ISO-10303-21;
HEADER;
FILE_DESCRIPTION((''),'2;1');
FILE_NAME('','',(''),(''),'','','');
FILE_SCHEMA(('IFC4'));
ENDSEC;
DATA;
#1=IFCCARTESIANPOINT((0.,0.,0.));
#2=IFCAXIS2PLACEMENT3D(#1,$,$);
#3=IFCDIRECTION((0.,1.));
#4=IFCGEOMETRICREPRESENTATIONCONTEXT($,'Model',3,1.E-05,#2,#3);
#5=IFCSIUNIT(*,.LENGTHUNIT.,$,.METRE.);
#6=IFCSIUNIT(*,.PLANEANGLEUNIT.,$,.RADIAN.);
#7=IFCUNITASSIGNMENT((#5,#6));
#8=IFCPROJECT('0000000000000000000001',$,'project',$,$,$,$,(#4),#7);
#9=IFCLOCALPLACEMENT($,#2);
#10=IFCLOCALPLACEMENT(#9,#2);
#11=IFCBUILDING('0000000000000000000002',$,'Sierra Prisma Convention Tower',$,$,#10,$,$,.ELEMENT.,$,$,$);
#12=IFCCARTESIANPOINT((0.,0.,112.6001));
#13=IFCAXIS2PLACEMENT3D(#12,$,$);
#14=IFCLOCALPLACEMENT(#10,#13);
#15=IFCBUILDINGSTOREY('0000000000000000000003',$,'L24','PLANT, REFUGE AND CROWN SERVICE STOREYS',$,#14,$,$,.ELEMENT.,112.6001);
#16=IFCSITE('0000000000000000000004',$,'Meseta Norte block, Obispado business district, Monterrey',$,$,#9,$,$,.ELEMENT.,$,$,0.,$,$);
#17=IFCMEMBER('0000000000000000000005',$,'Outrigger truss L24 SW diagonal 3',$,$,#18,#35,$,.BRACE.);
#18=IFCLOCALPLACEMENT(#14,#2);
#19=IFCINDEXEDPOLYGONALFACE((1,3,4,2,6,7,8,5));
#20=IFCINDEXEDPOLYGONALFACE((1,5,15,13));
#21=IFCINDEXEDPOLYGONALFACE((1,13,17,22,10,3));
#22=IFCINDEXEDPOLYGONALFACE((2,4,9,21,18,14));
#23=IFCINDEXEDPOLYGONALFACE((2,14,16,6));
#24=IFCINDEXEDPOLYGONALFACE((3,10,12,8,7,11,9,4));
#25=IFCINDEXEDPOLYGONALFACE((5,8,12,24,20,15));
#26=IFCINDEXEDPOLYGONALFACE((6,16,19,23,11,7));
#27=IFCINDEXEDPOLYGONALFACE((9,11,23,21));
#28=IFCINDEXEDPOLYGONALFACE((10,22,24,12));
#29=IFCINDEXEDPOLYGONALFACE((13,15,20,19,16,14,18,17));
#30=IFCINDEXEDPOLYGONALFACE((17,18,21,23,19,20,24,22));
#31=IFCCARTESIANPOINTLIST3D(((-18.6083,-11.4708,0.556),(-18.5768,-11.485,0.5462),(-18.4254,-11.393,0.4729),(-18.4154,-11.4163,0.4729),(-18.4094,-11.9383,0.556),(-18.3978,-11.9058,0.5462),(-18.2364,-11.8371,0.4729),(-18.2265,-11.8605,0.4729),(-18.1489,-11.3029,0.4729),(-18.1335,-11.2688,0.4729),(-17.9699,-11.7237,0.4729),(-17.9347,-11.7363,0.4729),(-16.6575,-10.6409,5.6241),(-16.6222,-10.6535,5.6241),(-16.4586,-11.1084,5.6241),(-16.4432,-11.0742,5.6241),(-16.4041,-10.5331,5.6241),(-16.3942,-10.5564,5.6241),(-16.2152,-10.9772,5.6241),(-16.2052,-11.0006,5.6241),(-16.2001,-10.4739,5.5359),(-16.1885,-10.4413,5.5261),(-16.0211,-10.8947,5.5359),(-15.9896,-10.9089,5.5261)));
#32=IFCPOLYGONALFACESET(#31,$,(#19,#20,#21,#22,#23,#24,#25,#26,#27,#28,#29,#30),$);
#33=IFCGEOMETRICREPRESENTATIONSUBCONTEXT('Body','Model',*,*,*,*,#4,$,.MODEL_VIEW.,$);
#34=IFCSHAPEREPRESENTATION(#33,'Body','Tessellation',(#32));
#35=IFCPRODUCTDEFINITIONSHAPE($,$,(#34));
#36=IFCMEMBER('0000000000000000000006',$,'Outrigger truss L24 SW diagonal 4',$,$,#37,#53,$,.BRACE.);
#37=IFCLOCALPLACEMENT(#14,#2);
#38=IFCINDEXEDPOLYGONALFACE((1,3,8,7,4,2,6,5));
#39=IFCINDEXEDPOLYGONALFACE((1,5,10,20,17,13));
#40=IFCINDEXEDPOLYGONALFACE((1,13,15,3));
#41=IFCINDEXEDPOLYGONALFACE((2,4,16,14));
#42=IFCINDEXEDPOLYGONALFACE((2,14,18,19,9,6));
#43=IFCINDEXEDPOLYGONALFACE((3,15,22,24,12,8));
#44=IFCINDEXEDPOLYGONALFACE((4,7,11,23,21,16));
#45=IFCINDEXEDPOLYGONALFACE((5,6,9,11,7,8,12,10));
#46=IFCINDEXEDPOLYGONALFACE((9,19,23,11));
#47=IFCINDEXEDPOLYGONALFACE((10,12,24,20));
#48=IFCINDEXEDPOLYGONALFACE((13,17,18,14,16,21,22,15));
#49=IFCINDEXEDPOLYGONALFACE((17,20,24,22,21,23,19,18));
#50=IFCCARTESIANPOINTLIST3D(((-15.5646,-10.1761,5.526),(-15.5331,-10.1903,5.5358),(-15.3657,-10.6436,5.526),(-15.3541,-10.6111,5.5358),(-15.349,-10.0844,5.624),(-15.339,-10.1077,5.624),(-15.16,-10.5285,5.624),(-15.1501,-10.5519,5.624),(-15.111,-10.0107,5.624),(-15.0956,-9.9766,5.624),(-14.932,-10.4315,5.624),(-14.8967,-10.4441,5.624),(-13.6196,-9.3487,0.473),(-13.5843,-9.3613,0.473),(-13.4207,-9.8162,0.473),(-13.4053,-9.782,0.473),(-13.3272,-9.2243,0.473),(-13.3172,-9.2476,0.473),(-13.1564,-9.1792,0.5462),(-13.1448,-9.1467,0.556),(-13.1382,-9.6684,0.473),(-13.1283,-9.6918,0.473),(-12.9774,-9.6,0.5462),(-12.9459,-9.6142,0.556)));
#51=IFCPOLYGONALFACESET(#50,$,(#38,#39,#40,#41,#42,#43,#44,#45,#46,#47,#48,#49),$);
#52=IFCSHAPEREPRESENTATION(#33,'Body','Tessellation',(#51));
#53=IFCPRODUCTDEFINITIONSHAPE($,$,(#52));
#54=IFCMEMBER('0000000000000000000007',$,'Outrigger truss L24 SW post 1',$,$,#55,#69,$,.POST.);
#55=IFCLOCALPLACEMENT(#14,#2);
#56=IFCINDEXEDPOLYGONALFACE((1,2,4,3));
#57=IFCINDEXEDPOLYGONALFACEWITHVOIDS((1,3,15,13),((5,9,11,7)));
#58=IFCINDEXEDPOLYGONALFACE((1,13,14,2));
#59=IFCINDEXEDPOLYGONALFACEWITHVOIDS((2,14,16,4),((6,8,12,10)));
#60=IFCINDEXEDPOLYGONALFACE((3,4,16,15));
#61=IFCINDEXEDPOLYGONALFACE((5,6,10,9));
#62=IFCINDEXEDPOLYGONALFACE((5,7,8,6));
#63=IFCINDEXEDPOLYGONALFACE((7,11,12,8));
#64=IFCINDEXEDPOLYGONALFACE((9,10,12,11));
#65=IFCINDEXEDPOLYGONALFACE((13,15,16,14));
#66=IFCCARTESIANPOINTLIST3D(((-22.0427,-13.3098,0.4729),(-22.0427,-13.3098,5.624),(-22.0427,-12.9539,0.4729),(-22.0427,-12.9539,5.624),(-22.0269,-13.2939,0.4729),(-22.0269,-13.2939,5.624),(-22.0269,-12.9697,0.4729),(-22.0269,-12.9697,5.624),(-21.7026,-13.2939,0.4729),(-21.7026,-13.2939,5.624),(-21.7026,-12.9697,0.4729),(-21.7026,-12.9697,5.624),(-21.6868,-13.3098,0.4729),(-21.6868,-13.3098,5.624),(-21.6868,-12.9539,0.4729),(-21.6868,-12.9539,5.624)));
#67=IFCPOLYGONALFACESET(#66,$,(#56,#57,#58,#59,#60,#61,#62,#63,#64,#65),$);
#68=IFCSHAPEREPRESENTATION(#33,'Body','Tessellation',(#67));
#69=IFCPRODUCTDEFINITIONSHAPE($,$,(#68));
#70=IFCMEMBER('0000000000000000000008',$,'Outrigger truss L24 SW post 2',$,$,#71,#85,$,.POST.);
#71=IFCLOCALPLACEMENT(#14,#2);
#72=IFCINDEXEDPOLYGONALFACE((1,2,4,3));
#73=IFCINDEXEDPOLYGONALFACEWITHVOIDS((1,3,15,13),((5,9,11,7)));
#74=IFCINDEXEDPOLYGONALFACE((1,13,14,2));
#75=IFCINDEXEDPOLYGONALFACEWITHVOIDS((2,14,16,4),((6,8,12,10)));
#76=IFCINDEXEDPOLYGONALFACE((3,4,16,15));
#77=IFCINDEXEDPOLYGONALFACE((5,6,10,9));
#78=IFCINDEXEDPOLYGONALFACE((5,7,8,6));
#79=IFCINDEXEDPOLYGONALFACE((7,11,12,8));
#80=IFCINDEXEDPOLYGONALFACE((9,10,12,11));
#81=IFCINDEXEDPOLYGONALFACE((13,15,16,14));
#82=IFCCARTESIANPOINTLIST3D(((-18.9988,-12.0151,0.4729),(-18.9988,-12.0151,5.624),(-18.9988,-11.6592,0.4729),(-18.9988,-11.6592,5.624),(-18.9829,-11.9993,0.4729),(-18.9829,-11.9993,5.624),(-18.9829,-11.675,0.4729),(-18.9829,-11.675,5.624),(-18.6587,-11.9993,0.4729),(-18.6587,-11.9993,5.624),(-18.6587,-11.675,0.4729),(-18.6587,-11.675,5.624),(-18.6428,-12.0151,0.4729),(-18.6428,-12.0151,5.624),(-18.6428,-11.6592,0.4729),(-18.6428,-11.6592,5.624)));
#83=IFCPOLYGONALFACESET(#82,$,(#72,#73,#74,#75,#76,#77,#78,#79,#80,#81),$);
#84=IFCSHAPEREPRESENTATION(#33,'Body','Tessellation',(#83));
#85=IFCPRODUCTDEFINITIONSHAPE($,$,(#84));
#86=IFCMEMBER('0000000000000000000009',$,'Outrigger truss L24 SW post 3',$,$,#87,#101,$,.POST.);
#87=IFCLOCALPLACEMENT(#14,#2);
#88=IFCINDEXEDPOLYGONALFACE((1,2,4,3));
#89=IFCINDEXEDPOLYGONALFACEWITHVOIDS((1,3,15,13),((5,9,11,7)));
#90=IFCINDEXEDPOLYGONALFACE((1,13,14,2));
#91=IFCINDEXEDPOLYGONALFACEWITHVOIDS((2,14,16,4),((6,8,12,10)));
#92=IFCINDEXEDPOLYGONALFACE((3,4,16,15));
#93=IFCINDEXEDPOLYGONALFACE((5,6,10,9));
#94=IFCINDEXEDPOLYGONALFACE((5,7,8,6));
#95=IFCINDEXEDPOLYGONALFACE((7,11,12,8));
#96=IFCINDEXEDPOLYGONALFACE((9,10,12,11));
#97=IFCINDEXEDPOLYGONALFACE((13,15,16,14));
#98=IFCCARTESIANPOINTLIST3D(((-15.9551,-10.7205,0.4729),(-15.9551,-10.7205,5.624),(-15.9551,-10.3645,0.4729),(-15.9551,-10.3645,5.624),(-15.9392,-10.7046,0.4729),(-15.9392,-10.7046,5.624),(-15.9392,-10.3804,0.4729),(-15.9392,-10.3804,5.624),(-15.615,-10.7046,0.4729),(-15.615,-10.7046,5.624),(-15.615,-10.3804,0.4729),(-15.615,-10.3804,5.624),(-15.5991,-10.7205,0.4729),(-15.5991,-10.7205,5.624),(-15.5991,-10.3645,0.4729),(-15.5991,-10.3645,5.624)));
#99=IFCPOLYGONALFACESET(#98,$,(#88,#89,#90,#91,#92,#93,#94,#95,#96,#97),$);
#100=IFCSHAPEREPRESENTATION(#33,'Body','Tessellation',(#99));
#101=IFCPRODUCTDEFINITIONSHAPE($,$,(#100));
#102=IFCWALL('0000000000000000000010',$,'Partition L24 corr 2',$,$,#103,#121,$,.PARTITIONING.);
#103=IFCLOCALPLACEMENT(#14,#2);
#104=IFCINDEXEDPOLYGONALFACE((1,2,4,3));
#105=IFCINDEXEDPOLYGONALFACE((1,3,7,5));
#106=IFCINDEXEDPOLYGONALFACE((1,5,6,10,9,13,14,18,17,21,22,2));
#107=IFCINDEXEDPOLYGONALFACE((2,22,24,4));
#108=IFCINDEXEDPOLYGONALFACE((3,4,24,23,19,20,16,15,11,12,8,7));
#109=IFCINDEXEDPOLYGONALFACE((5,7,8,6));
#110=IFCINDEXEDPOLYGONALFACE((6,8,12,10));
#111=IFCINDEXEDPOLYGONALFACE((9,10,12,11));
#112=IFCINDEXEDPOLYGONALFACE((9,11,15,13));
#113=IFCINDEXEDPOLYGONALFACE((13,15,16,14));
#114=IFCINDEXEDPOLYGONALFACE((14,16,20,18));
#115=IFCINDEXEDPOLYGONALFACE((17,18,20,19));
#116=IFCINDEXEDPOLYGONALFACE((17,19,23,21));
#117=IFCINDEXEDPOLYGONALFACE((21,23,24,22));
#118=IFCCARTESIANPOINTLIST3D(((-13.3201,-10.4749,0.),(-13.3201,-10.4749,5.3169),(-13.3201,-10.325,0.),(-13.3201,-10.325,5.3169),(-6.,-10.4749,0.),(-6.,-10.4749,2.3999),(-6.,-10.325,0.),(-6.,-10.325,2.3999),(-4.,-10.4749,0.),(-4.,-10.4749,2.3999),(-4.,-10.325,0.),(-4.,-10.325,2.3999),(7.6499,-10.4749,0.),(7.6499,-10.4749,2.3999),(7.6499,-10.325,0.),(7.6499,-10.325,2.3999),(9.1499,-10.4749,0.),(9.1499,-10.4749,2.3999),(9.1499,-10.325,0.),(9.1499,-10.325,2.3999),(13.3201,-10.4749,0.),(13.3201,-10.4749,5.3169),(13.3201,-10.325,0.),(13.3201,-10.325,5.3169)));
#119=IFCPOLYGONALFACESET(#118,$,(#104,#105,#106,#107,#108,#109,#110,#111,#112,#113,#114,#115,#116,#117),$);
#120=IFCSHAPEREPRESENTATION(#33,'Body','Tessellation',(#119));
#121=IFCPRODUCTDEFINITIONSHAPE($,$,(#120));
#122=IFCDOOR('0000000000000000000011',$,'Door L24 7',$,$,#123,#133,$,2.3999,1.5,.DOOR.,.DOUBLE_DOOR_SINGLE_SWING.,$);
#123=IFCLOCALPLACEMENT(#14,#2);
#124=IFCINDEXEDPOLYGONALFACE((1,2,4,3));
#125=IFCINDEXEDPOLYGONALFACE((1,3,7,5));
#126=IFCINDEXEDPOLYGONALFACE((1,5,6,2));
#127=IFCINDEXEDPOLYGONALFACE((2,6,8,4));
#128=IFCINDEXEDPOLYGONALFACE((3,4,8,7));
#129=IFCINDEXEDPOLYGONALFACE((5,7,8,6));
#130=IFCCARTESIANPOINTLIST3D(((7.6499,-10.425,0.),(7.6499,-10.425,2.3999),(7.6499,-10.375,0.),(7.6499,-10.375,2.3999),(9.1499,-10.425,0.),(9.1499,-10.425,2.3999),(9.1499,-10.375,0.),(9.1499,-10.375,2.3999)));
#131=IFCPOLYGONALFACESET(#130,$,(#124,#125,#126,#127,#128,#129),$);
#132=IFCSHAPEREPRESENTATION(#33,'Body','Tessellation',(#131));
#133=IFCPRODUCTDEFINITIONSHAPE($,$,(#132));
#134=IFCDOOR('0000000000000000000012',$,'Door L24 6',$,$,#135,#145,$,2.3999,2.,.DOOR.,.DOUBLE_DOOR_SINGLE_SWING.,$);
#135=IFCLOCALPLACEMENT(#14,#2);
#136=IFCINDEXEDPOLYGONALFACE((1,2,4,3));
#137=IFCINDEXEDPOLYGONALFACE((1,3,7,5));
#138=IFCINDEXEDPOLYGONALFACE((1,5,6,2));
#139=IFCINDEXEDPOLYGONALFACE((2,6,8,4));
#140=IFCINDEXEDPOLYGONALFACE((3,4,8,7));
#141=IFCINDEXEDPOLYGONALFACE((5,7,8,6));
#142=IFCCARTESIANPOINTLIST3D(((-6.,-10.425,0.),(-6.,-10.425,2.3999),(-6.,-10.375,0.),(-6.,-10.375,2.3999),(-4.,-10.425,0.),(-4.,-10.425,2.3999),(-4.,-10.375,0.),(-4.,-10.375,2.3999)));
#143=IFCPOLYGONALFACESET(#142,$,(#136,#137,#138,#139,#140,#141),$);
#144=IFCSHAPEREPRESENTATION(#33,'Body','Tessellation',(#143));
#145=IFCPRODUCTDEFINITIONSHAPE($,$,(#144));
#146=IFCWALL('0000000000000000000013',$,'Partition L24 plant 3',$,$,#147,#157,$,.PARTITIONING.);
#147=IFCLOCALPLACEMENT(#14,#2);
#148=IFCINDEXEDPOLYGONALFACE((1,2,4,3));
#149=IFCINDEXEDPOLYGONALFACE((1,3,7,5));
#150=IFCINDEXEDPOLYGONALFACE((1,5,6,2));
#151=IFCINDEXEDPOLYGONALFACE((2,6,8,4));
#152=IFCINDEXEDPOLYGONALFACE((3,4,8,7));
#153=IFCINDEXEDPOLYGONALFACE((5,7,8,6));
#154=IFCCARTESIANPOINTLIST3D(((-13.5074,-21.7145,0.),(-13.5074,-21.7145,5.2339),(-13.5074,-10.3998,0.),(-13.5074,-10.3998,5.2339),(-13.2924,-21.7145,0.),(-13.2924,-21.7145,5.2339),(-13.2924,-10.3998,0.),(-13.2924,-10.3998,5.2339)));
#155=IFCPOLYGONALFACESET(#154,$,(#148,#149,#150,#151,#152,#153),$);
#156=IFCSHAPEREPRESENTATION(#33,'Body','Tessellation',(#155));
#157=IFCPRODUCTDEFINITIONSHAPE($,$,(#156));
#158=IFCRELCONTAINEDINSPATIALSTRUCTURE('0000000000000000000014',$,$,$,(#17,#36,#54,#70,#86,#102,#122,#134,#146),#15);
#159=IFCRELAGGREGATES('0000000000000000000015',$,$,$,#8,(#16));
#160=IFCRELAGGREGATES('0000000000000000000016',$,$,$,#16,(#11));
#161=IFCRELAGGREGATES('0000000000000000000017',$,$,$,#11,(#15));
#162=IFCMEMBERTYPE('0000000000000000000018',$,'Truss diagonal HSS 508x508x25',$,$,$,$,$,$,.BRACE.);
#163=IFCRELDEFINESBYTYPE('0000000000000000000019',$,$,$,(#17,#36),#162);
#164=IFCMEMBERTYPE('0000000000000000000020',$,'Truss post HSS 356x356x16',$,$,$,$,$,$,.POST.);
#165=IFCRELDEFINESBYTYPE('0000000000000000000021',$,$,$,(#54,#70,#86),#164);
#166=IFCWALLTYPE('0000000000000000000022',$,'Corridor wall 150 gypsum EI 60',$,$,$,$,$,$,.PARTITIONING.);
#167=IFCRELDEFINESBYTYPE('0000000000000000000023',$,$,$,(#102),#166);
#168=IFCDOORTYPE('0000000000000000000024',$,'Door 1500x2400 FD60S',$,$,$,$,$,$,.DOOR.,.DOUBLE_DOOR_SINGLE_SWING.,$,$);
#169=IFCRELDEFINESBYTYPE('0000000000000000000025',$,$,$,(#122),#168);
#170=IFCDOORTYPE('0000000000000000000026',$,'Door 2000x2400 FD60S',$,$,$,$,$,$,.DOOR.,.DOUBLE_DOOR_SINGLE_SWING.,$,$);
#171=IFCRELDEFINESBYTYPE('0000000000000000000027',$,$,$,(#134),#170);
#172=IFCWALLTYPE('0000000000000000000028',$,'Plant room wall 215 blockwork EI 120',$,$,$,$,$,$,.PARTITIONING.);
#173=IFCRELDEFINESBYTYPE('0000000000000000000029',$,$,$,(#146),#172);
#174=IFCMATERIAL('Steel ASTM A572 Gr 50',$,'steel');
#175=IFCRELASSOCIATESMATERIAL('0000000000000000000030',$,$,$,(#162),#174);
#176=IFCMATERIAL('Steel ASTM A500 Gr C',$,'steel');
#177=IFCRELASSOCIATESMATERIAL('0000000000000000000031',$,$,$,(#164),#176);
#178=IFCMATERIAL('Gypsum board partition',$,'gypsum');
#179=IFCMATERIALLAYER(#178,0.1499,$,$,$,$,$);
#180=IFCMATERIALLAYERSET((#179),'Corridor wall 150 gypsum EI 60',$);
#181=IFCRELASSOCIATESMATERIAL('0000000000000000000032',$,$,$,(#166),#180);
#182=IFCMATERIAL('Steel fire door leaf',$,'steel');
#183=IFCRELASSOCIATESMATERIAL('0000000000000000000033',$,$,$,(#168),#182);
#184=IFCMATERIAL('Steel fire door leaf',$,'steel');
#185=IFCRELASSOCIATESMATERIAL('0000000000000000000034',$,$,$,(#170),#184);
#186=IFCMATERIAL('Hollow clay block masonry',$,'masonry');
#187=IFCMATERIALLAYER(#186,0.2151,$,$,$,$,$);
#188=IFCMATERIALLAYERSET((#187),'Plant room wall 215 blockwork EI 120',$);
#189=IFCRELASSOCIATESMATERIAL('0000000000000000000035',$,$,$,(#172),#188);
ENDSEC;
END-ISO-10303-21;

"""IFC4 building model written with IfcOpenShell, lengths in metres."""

from ifc_helpers import new_model, si_unit, direction, frame, frame_2d, origin, origin_2d, place, context, subcontext, project, spatial, rectangle, hollow_rectangle, extrude, clip, halfspace, material, layer, layer_set, material_profile, profile_set, type_object, element, fill, save


model = new_model("IFC4")

# Units and contexts
model_context = context("Model", 3, precision=1e-05, world=origin(), true_north=direction((0.0, 1.0)))
body_context = subcontext(model_context, "Body", "Model", "MODEL_VIEW")
ifc_project = project(units=[si_unit("LENGTHUNIT", "METRE"), si_unit("PLANEANGLEUNIT", "RADIAN")], contexts=[model_context])

# Site, building, storey
site_placement = place(None, origin())
site = spatial("IfcSite", under=ifc_project, at=site_placement, Name="Meseta Norte block, Obispado business district, Monterrey", CompositionType="ELEMENT", RefElevation=0.0)
building_placement = place(site_placement, origin())
building = spatial("IfcBuilding", under=site, at=building_placement, Name="Sierra Prisma Convention Tower", CompositionType="ELEMENT")
storey_placement = place(building_placement, frame((0.0, 0.0, 112.6001)))
storey = spatial("IfcBuildingStorey", under=building, at=storey_placement, Name="L24", Description="PLANT, REFUGE AND CROWN SERVICE STOREYS", CompositionType="ELEMENT", Elevation=112.6001)

# Members
ifc_material_1 = material(Name="Steel ASTM A572 Gr 50", Category="steel")
ifc_material_profile_1 = material_profile(ifc_material_1, hollow_rectangle(XDim=0.5081, YDim=0.5081, WallThickness=0.0254, at=origin_2d()), Name="Truss diagonal HSS 508x508x25")
ifc_profile_set_1 = profile_set([ifc_material_profile_1], Name="Steel ASTM A572 Gr 50")
member_type_1 = type_object("IfcMemberType", Name="Truss diagonal HSS 508x508x25", PredefinedType="BRACE", material=ifc_profile_set_1)
member_1_placement = place(storey_placement, frame((-18.2932, -11.6128, 0.458), z_axis=(0.355108, 0.151068, 0.922538), x_axis=(-0.391464, 0.920194, 0.0)))
element("IfcMember", 1, at=member_1_placement, inside=storey, type_object=member_type_1, Name="Outrigger truss L24 SW diagonal 3", PredefinedType="BRACE", context=body_context, shape_type="SweptSolid", body=[
    clip(clip(extrude(hollow_rectangle(XDim=0.5081, YDim=0.5081, WallThickness=0.0254, at=origin_2d()), origin(), (0.0, 0.0, 1.0), 5.5999), halfspace(frame((0.0, 0.0059, 0.0137), z_axis=(0.0, 0.385905, 0.922538), x_axis=(1.0, 0.0, 0.0)), True)), halfspace(frame((0.0, 0.0, 5.5999), z_axis=(0.0, -0.385905, -0.922538), x_axis=(1.0, 0.0, 0.0)), True)),
])
member_2_placement = place(storey_placement, frame((-15.2495, -10.3181, 5.624), z_axis=(0.355108, 0.151068, -0.922538), x_axis=(-0.391464, 0.920194, 0.0)))
element("IfcMember", 2, at=member_2_placement, inside=storey, type_object=member_type_1, Name="Outrigger truss L24 SW diagonal 4", PredefinedType="BRACE", context=body_context, shape_type="SweptSolid", body=[
    clip(clip(extrude(hollow_rectangle(XDim=0.5081, YDim=0.5081, WallThickness=0.0254, at=origin_2d()), origin(), (0.0, 0.0, 1.0), 5.5999), halfspace(frame((0.0, 0.0, 0.0), z_axis=(0.0, -0.385905, 0.922538), x_axis=(1.0, 0.0, 0.0)), True)), halfspace(frame((0.0, 0.0059, 5.5859), z_axis=(0.0, 0.385905, -0.922538), x_axis=(1.0, 0.0, 0.0)), True)),
])
ifc_material_2 = material(Name="Steel ASTM A500 Gr C", Category="steel")
ifc_material_profile_2 = material_profile(ifc_material_2, hollow_rectangle(XDim=0.356, YDim=0.356, WallThickness=0.0159, at=origin_2d()), Name="Truss post HSS 356x356x16")
ifc_profile_set_2 = profile_set([ifc_material_profile_2], Name="Steel ASTM A500 Gr C")
member_type_2 = type_object("IfcMemberType", Name="Truss post HSS 356x356x16", PredefinedType="POST", material=ifc_profile_set_2)
for number, where, z_axis, x_axis, name in (
    (3, (-21.8647, -13.1318, 0.4729), (0.0, 0.0, 1.0), (1.0, 0.0, 0.0), "Outrigger truss L24 SW post 1"),
    (4, (-18.8208, -11.8372, 0.4729), (0.0, 0.0, 1.0), (1.0, 0.0, 0.0), "Outrigger truss L24 SW post 2"),
    (5, (-15.7771, -10.5425, 0.4729), (0.0, 0.0, 1.0), (1.0, 0.0, 0.0), "Outrigger truss L24 SW post 3"),
):
    element("IfcMember", number, at=place(storey_placement, frame(where, z_axis=z_axis, x_axis=x_axis)), inside=storey, type_object=member_type_2, Name=name, PredefinedType="POST", context=body_context, shape_type="SweptSolid", body=[
        extrude(hollow_rectangle(XDim=0.356, YDim=0.356, WallThickness=0.0159, at=origin_2d()), origin(), (0.0, 0.0, 1.0), 5.1511),
    ])

# Wall, openings, doors
ifc_material_3 = material(Name="Gypsum board partition", Category="gypsum")
ifc_layer_1 = layer(ifc_material_3, 0.1499)
ifc_layer_set_1 = layer_set([ifc_layer_1], Name="Corridor wall 150 gypsum EI 60")
wall_type_1 = type_object("IfcWallType", Name="Corridor wall 150 gypsum EI 60", PredefinedType="PARTITIONING", material=ifc_layer_set_1)
wall_1_placement = place(storey_placement, frame((-13.3201, -10.3999, 0.0), z_axis=(0.0, 0.0, 1.0), x_axis=(1.0, 0.0, 0.0)))
wall_1 = element("IfcWall", 6, at=wall_1_placement, inside=storey, type_object=wall_type_1, Name="Partition L24 corr 2", PredefinedType="PARTITIONING", context=body_context, shape_type="SweptSolid", body=[
    extrude(rectangle(XDim=26.6401, YDim=0.1499, at=frame_2d((13.3201, 0.0))), origin(), (0.0, 0.0, 1.0), 5.3169),
])
opening_1_placement = place(wall_1_placement, frame((7.3201, 0.0, 0.0)))
opening_1 = element("IfcOpeningElement", 7, at=opening_1_placement, cuts=wall_1, PredefinedType="OPENING", context=body_context, shape_type="SweptSolid", body=[
    extrude(rectangle(XDim=2.0, YDim=2.3999, at=frame_2d((1.0, 1.2))), frame((0.0, 0.075, 0.0), z_axis=(0.0, -1.0, 0.0), x_axis=(1.0, 0.0, 0.0)), (0.0, 0.0, 1.0), 0.1499),
])
opening_2_placement = place(wall_1_placement, frame((20.97, 0.0, 0.0)))
opening_2 = element("IfcOpeningElement", 8, at=opening_2_placement, cuts=wall_1, PredefinedType="OPENING", context=body_context, shape_type="SweptSolid", body=[
    extrude(rectangle(XDim=1.5, YDim=2.3999, at=frame_2d((0.75, 1.2))), frame((0.0, 0.075, 0.0), z_axis=(0.0, -1.0, 0.0), x_axis=(1.0, 0.0, 0.0)), (0.0, 0.0, 1.0), 0.1499),
])
ifc_material_4 = material(Name="Steel fire door leaf", Category="steel")
door_type_1 = type_object("IfcDoorType", Name="Door 1500x2400 FD60S", OperationType="DOUBLE_DOOR_SINGLE_SWING", PredefinedType="DOOR", material=ifc_material_4)
door_1_placement = place(opening_2_placement, origin())
door_1 = element("IfcDoor", 9, at=door_1_placement, inside=storey, type_object=door_type_1, Name="Door L24 7", OperationType="DOUBLE_DOOR_SINGLE_SWING", OverallHeight=2.3999, OverallWidth=1.5, PredefinedType="DOOR", context=body_context, shape_type="SweptSolid", body=[
    extrude(rectangle(XDim=1.5, YDim=2.3999, at=frame_2d((0.75, 1.2))), frame((0.0, 0.0249, 0.0), z_axis=(0.0, -1.0, 0.0), x_axis=(1.0, 0.0, 0.0)), (0.0, 0.0, 1.0), 0.05),
])
fill(opening_2, door_1)
ifc_material_5 = material(Name="Steel fire door leaf", Category="steel")
door_type_2 = type_object("IfcDoorType", Name="Door 2000x2400 FD60S", OperationType="DOUBLE_DOOR_SINGLE_SWING", PredefinedType="DOOR", material=ifc_material_5)
door_2_placement = place(opening_1_placement, origin())
door_2 = element("IfcDoor", 10, at=door_2_placement, inside=storey, type_object=door_type_2, Name="Door L24 6", OperationType="DOUBLE_DOOR_SINGLE_SWING", OverallHeight=2.3999, OverallWidth=2.0, PredefinedType="DOOR", context=body_context, shape_type="SweptSolid", body=[
    extrude(rectangle(XDim=2.0, YDim=2.3999, at=frame_2d((1.0, 1.2))), frame((0.0, 0.0249, 0.0), z_axis=(0.0, -1.0, 0.0), x_axis=(1.0, 0.0, 0.0)), (0.0, 0.0, 1.0), 0.05),
])
fill(opening_1, door_2)

# Wall
ifc_material_6 = material(Name="Hollow clay block masonry", Category="masonry")
ifc_layer_2 = layer(ifc_material_6, 0.2151)
ifc_layer_set_2 = layer_set([ifc_layer_2], Name="Plant room wall 215 blockwork EI 120")
wall_type_2 = type_object("IfcWallType", Name="Plant room wall 215 blockwork EI 120", PredefinedType="PARTITIONING", material=ifc_layer_set_2)
wall_2_placement = place(storey_placement, frame((-13.3999, -10.3999, 0.0), z_axis=(0.0, 0.0, 1.0), x_axis=(0.0, -1.0, 0.0)))
element("IfcWall", 11, at=wall_2_placement, inside=storey, type_object=wall_type_2, Name="Partition L24 plant 3", PredefinedType="PARTITIONING", context=body_context, shape_type="SweptSolid", body=[
    extrude(rectangle(XDim=11.3147, YDim=0.2151, at=frame_2d((5.6572, 0.0))), origin(), (0.0, 0.0, 1.0), 5.2339),
])

save(model, "model.ifc")
